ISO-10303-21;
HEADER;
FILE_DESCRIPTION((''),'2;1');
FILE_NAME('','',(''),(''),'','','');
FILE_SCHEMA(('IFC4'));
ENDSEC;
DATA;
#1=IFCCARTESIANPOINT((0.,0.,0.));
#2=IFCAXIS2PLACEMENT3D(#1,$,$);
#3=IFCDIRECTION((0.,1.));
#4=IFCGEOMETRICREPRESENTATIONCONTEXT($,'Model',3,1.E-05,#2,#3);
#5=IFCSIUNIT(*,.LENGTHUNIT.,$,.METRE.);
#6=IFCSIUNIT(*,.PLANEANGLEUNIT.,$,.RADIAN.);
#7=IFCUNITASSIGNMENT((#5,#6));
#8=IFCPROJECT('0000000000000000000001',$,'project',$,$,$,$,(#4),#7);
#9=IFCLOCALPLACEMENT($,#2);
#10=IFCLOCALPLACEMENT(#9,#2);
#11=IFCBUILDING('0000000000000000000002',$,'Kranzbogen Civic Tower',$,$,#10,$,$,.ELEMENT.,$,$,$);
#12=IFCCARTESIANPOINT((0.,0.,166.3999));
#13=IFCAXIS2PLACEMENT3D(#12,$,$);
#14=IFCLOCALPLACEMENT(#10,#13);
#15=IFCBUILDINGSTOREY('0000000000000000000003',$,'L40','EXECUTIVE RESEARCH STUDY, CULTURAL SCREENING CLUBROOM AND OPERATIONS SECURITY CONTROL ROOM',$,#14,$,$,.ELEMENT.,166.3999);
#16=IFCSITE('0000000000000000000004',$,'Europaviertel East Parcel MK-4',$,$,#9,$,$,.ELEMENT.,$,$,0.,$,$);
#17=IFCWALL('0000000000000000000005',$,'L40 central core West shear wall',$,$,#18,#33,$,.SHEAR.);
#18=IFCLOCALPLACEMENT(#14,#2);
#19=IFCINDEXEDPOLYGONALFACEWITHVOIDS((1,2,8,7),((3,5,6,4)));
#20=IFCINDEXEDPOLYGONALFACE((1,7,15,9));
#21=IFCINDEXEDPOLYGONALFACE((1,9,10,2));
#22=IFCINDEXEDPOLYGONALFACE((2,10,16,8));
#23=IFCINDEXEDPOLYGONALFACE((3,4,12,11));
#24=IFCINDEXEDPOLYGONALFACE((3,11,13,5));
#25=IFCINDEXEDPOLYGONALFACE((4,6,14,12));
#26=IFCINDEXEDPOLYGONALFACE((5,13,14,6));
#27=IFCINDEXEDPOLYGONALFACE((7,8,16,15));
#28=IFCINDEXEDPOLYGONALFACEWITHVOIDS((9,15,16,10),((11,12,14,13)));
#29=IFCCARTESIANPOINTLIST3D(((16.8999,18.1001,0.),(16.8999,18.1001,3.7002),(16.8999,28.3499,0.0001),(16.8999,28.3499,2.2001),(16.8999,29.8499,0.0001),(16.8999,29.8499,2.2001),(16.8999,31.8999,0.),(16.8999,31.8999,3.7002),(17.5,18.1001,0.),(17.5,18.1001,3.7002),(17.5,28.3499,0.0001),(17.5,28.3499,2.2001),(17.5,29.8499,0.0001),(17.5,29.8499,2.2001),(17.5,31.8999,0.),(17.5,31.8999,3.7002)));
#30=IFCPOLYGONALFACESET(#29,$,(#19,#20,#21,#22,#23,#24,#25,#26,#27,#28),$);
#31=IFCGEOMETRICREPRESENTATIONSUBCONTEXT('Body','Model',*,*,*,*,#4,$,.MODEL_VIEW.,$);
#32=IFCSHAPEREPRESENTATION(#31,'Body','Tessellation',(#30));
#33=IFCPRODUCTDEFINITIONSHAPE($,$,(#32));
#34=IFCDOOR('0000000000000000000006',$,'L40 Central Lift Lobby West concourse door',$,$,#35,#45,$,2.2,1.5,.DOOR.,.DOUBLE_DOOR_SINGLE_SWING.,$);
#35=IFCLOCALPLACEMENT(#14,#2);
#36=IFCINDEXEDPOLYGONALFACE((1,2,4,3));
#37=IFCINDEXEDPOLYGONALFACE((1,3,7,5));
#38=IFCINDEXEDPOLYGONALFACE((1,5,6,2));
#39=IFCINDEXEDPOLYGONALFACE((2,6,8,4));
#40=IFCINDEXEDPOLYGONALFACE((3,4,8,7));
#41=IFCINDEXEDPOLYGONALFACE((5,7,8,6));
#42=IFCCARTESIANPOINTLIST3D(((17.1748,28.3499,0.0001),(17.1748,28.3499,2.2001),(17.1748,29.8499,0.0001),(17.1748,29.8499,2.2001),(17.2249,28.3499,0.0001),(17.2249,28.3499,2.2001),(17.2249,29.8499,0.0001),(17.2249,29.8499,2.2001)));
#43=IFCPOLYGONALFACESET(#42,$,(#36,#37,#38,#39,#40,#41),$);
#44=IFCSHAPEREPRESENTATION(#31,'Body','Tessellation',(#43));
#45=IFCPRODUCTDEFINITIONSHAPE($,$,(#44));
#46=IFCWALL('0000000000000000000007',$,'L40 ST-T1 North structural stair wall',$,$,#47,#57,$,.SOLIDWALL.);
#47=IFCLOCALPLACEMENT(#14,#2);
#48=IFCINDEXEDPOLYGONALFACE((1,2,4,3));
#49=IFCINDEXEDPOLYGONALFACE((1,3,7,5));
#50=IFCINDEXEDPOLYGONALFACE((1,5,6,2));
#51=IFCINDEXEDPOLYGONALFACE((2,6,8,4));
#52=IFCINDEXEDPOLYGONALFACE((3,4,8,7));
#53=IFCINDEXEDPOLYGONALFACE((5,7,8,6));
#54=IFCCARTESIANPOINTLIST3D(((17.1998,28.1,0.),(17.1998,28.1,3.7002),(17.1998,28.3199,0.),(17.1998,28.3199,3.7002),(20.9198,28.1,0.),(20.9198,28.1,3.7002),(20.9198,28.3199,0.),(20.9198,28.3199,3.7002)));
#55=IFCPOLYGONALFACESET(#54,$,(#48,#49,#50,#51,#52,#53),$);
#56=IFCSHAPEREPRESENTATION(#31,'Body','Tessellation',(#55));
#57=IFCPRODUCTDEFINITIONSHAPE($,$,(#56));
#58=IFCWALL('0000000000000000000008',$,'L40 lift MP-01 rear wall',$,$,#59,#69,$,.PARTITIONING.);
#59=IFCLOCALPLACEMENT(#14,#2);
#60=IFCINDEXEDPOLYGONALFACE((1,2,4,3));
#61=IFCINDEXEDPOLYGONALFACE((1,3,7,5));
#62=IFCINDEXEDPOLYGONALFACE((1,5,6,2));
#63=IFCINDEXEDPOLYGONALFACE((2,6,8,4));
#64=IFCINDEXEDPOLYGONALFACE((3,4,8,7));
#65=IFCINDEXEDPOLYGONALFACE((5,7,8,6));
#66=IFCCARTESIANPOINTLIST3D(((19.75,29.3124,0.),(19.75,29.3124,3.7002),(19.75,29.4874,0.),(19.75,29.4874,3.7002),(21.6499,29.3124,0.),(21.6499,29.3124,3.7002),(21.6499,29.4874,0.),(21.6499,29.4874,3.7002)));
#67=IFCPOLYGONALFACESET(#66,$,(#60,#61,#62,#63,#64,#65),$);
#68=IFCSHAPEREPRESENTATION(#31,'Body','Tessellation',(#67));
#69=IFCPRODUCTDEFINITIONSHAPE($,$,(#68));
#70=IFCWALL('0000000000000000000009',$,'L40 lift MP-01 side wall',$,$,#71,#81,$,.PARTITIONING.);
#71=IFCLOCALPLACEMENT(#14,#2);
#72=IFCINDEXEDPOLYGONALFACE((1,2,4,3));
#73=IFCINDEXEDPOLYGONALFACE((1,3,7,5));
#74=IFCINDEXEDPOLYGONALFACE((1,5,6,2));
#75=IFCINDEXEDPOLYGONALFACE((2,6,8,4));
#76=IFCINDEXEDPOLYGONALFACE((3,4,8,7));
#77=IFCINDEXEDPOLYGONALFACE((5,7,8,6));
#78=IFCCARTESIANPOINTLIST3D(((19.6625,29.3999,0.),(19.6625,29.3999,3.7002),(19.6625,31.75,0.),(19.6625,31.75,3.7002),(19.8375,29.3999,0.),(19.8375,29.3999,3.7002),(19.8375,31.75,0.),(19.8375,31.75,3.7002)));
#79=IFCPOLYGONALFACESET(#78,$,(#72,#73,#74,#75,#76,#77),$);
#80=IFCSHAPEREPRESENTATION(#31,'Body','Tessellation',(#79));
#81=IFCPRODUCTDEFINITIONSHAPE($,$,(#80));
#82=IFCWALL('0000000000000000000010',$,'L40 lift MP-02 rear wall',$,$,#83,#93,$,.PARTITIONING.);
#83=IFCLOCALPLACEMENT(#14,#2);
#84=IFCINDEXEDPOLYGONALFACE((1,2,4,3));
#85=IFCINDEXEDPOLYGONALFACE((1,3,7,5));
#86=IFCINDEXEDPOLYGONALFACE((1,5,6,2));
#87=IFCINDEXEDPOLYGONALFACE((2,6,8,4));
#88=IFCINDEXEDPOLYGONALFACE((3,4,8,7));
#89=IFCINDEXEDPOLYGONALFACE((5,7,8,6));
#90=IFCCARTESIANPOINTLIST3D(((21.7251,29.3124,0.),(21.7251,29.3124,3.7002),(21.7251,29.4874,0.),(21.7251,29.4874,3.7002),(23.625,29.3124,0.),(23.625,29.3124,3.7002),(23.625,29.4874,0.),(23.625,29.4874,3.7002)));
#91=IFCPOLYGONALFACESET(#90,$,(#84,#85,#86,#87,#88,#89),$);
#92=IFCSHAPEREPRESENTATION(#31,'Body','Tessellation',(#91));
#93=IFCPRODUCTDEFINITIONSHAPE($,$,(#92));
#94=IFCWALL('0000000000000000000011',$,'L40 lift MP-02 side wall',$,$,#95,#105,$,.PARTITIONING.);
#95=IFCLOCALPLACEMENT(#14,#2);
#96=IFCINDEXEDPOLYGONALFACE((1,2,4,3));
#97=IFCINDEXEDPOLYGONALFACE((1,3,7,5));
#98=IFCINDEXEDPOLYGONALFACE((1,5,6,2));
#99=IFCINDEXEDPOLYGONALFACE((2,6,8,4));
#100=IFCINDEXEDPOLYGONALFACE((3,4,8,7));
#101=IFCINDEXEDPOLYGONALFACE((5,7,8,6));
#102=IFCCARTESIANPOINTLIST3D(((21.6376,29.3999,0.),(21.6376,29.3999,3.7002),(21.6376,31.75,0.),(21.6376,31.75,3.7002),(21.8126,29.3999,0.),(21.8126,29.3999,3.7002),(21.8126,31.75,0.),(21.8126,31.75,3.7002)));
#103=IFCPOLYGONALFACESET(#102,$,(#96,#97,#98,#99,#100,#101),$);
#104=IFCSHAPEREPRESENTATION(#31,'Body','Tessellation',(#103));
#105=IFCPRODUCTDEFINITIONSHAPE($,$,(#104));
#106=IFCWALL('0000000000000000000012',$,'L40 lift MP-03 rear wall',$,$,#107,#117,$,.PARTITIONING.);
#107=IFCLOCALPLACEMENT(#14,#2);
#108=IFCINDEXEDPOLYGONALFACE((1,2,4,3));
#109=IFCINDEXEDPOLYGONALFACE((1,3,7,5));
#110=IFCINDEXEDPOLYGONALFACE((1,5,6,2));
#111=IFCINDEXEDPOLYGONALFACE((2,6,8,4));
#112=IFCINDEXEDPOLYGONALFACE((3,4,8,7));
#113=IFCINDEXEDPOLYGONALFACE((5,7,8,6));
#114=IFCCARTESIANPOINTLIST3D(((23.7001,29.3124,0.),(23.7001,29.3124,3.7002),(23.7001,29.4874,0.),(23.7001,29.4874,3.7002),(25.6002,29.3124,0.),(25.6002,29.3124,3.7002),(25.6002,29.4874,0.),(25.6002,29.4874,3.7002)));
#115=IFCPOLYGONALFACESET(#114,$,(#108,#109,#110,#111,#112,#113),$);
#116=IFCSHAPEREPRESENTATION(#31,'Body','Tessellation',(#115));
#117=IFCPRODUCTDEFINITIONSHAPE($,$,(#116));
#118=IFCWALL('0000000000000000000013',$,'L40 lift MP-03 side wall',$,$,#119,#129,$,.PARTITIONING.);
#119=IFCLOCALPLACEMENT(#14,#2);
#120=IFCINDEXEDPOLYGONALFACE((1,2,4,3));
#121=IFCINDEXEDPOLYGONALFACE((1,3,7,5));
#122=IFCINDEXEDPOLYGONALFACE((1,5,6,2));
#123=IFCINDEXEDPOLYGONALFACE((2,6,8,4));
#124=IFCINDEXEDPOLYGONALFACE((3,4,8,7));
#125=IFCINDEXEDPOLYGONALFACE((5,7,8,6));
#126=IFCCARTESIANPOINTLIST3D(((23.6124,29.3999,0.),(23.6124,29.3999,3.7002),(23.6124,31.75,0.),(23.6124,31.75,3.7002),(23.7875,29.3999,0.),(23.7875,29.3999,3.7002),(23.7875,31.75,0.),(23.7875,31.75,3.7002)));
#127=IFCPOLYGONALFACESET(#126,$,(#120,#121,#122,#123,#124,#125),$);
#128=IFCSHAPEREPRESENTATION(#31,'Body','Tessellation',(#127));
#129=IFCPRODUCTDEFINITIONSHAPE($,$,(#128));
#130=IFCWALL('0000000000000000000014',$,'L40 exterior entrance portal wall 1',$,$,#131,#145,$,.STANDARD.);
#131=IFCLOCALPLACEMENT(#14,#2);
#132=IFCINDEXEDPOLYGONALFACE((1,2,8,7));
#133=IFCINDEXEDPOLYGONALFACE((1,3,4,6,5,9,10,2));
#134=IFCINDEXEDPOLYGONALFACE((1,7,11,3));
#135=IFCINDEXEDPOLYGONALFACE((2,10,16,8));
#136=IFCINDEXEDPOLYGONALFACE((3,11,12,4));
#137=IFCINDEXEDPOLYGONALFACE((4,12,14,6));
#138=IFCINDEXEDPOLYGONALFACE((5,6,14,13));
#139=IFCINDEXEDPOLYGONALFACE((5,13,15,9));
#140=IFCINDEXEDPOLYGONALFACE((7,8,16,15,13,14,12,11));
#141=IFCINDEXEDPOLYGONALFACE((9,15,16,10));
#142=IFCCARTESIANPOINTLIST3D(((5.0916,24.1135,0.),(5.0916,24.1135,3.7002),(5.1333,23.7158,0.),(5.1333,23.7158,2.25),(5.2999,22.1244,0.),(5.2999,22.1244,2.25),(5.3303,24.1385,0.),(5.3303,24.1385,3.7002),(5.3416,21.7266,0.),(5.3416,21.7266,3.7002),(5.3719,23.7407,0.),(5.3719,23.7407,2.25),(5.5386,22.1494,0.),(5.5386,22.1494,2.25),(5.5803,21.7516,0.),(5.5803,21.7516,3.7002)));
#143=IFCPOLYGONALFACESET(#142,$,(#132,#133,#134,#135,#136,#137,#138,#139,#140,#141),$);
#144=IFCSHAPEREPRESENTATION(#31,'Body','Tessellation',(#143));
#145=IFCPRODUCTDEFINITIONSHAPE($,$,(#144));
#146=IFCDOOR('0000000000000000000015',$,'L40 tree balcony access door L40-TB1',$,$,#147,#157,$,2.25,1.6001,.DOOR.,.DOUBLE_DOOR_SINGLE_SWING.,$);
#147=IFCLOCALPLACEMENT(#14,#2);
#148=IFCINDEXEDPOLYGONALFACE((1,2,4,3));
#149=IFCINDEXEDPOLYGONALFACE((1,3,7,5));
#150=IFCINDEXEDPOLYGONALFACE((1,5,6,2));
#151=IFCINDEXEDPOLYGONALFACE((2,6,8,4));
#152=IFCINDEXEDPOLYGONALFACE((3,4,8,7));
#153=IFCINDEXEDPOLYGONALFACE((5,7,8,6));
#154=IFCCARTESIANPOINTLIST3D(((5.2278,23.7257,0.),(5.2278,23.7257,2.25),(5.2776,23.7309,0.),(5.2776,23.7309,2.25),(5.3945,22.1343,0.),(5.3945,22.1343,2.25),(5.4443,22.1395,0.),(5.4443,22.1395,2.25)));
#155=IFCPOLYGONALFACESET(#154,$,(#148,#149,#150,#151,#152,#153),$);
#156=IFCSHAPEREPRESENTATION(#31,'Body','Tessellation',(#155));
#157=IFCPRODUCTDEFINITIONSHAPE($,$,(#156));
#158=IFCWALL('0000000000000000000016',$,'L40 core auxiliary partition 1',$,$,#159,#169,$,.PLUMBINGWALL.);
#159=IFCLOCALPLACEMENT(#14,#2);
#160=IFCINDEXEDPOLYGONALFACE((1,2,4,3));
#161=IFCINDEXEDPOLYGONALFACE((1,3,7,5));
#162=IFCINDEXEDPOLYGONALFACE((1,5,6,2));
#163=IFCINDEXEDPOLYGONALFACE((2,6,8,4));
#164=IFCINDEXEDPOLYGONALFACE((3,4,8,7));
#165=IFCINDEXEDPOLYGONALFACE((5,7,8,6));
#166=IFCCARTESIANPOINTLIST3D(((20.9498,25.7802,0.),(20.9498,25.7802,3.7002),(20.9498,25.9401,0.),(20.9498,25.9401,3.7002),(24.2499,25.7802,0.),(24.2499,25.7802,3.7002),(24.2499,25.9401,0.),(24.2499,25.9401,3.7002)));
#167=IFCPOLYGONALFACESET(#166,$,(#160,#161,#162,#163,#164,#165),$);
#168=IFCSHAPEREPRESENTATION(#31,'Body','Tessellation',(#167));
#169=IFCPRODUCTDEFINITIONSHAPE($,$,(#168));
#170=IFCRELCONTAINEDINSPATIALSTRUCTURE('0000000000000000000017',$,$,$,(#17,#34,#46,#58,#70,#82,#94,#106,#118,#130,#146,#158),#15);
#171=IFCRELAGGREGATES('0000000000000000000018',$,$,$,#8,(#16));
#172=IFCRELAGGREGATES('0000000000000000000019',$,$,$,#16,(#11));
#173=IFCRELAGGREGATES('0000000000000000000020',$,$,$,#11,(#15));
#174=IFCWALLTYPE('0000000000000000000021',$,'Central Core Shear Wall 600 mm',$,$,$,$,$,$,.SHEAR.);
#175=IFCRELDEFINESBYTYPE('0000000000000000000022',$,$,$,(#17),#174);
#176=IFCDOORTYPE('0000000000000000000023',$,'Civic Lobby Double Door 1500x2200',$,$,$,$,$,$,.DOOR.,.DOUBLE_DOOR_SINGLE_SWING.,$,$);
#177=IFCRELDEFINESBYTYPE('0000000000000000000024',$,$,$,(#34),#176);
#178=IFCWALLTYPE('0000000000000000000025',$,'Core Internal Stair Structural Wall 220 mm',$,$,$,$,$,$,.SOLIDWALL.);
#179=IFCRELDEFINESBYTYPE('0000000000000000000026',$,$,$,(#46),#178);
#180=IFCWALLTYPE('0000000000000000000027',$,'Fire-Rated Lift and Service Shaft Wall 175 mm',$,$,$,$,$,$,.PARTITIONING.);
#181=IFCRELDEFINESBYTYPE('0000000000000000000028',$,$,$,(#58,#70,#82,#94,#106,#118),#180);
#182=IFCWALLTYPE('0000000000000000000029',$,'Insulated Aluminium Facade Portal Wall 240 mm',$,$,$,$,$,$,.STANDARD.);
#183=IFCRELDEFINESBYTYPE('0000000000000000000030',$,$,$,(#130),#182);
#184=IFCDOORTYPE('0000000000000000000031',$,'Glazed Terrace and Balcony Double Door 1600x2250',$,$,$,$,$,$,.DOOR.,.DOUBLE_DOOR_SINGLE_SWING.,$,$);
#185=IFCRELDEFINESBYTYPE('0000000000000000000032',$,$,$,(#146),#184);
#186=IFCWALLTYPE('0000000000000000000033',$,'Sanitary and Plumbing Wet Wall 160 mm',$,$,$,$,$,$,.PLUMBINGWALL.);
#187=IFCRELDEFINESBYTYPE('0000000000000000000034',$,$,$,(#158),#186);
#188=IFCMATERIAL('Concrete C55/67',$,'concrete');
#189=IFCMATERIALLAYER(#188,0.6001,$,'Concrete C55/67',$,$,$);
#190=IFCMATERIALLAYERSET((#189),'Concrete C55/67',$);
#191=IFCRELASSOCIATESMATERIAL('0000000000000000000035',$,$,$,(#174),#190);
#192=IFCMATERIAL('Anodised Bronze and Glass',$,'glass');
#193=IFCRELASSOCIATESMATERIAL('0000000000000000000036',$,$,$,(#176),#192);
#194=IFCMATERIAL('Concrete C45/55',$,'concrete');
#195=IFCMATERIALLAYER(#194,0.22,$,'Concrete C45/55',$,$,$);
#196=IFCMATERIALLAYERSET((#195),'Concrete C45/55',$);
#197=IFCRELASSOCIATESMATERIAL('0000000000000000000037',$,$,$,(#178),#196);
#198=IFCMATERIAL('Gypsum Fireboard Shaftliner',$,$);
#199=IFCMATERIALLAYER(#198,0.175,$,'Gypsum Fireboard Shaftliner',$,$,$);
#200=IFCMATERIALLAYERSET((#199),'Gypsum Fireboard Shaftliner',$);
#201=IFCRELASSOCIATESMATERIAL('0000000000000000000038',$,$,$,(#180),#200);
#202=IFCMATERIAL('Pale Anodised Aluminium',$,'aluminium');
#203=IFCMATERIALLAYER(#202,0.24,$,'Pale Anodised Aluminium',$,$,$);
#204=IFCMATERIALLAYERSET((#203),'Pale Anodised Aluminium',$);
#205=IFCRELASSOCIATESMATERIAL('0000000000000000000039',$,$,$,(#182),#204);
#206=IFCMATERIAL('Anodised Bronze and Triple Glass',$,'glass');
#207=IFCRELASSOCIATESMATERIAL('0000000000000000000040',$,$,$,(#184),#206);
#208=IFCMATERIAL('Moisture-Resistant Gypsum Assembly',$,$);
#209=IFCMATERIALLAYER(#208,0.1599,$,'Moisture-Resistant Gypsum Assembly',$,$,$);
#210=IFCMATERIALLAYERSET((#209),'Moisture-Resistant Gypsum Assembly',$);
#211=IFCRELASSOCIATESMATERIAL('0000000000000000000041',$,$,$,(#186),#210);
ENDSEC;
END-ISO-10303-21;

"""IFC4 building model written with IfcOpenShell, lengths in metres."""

from ifc_helpers import new_model, si_unit, direction, frame, frame_2d, origin, place, context, subcontext, project, spatial, rectangle, extrude, material, layer, layer_set, type_object, element, fill, save


model = new_model("IFC4")

# Units and contexts
model_context = context("Model", 3, precision=1e-05, world=origin(), true_north=direction((0.0, 1.0)))
body_context = subcontext(model_context, "Body", "Model", "MODEL_VIEW")
ifc_project = project(units=[si_unit("LENGTHUNIT", "METRE"), si_unit("PLANEANGLEUNIT", "RADIAN")], contexts=[model_context])

# Site, building, storey
site_placement = place(None, origin())
site = spatial("IfcSite", under=ifc_project, at=site_placement, Name="Europaviertel East Parcel MK-4", CompositionType="ELEMENT", RefElevation=0.0)
building_placement = place(site_placement, origin())
building = spatial("IfcBuilding", under=site, at=building_placement, Name="Kranzbogen Civic Tower", CompositionType="ELEMENT")
storey_placement = place(building_placement, frame((0.0, 0.0, 166.3999)))
storey = spatial("IfcBuildingStorey", under=building, at=storey_placement, Name="L40", Description="EXECUTIVE RESEARCH STUDY, CULTURAL SCREENING CLUBROOM AND OPERATIONS SECURITY CONTROL ROOM", CompositionType="ELEMENT", Elevation=166.3999)

# Shared definitions
ifc_material_1 = material(Name="Pale Anodised Aluminium", Category="aluminium")

# Wall, opening, door
ifc_material_2 = material(Name="Concrete C55/67", Category="concrete")
ifc_layer_1 = layer(ifc_material_2, 0.6001, Name="Concrete C55/67")
ifc_layer_set_1 = layer_set([ifc_layer_1], Name="Concrete C55/67")
wall_type_1 = type_object("IfcWallType", Name="Central Core Shear Wall 600 mm", PredefinedType="SHEAR", material=ifc_layer_set_1)
wall_1_placement = place(storey_placement, frame((17.2, 31.8999, 0.0), z_axis=(0.0, 0.0, 1.0), x_axis=(0.0, -1.0, 0.0)))
wall_1 = element("IfcWall", 1, at=wall_1_placement, inside=storey, type_object=wall_type_1, Name="L40 central core West shear wall", PredefinedType="SHEAR", context=body_context, shape_type="SweptSolid", body=[
    extrude(rectangle(XDim=13.7998, YDim=0.6001, at=frame_2d((6.8999, 0.0))), origin(), (0.0, 0.0, 1.0), 3.7002),
])
opening_1_placement = place(wall_1_placement, frame((2.05, 0.0, 0.0)))
opening_1 = element("IfcOpeningElement", 2, at=opening_1_placement, cuts=wall_1, PredefinedType="OPENING", context=body_context, shape_type="SweptSolid", body=[
    extrude(rectangle(XDim=1.5, YDim=2.2, at=frame_2d((0.75, 1.1001))), frame((0.0, 0.3101, 0.0), z_axis=(0.0, -1.0, 0.0), x_axis=(1.0, 0.0, 0.0)), (0.0, 0.0, 1.0), 0.6201),
])
ifc_material_3 = material(Name="Anodised Bronze and Glass", Category="glass")
door_type_1 = type_object("IfcDoorType", Name="Civic Lobby Double Door 1500x2200", OperationType="DOUBLE_DOOR_SINGLE_SWING", PredefinedType="DOOR", material=ifc_material_3)
door_1_placement = place(opening_1_placement, origin())
door_1 = element("IfcDoor", 3, at=door_1_placement, inside=storey, type_object=door_type_1, Name="L40 Central Lift Lobby West concourse door", OperationType="DOUBLE_DOOR_SINGLE_SWING", OverallHeight=2.2, OverallWidth=1.5, PredefinedType="DOOR", context=body_context, shape_type="SweptSolid", body=[
    extrude(rectangle(XDim=1.5, YDim=2.2, at=frame_2d((0.75, 1.1001))), frame((0.0, 0.0249, 0.0), z_axis=(0.0, -1.0, 0.0), x_axis=(1.0, 0.0, 0.0)), (0.0, 0.0, 1.0), 0.05),
])
fill(opening_1, door_1)

# Walls
ifc_material_4 = material(Name="Concrete C45/55", Category="concrete")
ifc_layer_2 = layer(ifc_material_4, 0.22, Name="Concrete C45/55")
ifc_layer_set_2 = layer_set([ifc_layer_2], Name="Concrete C45/55")
wall_type_2 = type_object("IfcWallType", Name="Core Internal Stair Structural Wall 220 mm", PredefinedType="SOLIDWALL", material=ifc_layer_set_2)
wall_2_placement = place(storey_placement, frame((17.2, 28.21, 0.0), z_axis=(0.0, 0.0, 1.0), x_axis=(1.0, 0.0, 0.0)))
element("IfcWall", 4, at=wall_2_placement, inside=storey, type_object=wall_type_2, Name="L40 ST-T1 North structural stair wall", PredefinedType="SOLIDWALL", context=body_context, shape_type="SweptSolid", body=[
    extrude(rectangle(XDim=3.72, YDim=0.22, at=frame_2d((1.8599, 0.0))), origin(), (0.0, 0.0, 1.0), 3.7002),
])
ifc_material_5 = material(Name="Gypsum Fireboard Shaftliner")
ifc_layer_3 = layer(ifc_material_5, 0.175, Name="Gypsum Fireboard Shaftliner")
ifc_layer_set_3 = layer_set([ifc_layer_3], Name="Gypsum Fireboard Shaftliner")
wall_type_3 = type_object("IfcWallType", Name="Fire-Rated Lift and Service Shaft Wall 175 mm", PredefinedType="PARTITIONING", material=ifc_layer_set_3)
wall_3_placement = place(storey_placement, frame((19.75, 29.3999, 0.0), z_axis=(0.0, 0.0, 1.0), x_axis=(1.0, 0.0, 0.0)))
element("IfcWall", 5, at=wall_3_placement, inside=storey, type_object=wall_type_3, Name="L40 lift MP-01 rear wall", PredefinedType="PARTITIONING", context=body_context, shape_type="SweptSolid", body=[
    extrude(rectangle(XDim=1.8999, YDim=0.175, at=frame_2d((0.95, 0.0))), origin(), (0.0, 0.0, 1.0), 3.7002),
])
wall_4_placement = place(storey_placement, frame((19.75, 29.3999, 0.0), z_axis=(0.0, 0.0, 1.0), x_axis=(0.0, 1.0, 0.0)))
element("IfcWall", 6, at=wall_4_placement, inside=storey, type_object=wall_type_3, Name="L40 lift MP-01 side wall", PredefinedType="PARTITIONING", context=body_context, shape_type="SweptSolid", body=[
    extrude(rectangle(XDim=2.3501, YDim=0.175, at=frame_2d((1.175, 0.0))), origin(), (0.0, 0.0, 1.0), 3.7002),
])
wall_5_placement = place(storey_placement, frame((21.7251, 29.3999, 0.0), z_axis=(0.0, 0.0, 1.0), x_axis=(1.0, 0.0, 0.0)))
element("IfcWall", 7, at=wall_5_placement, inside=storey, type_object=wall_type_3, Name="L40 lift MP-02 rear wall", PredefinedType="PARTITIONING", context=body_context, shape_type="SweptSolid", body=[
    extrude(rectangle(XDim=1.8999, YDim=0.175, at=frame_2d((0.95, 0.0))), origin(), (0.0, 0.0, 1.0), 3.7002),
])
wall_6_placement = place(storey_placement, frame((21.7251, 29.3999, 0.0), z_axis=(0.0, 0.0, 1.0), x_axis=(0.0, 1.0, 0.0)))
element("IfcWall", 8, at=wall_6_placement, inside=storey, type_object=wall_type_3, Name="L40 lift MP-02 side wall", PredefinedType="PARTITIONING", context=body_context, shape_type="SweptSolid", body=[
    extrude(rectangle(XDim=2.3501, YDim=0.175, at=frame_2d((1.175, 0.0))), origin(), (0.0, 0.0, 1.0), 3.7002),
])
wall_7_placement = place(storey_placement, frame((23.7, 29.3999, 0.0), z_axis=(0.0, 0.0, 1.0), x_axis=(1.0, 0.0, 0.0)))
element("IfcWall", 9, at=wall_7_placement, inside=storey, type_object=wall_type_3, Name="L40 lift MP-03 rear wall", PredefinedType="PARTITIONING", context=body_context, shape_type="SweptSolid", body=[
    extrude(rectangle(XDim=1.9001, YDim=0.175, at=frame_2d((0.9502, 0.0))), origin(), (0.0, 0.0, 1.0), 3.7002),
])
wall_8_placement = place(storey_placement, frame((23.7, 29.3999, 0.0), z_axis=(0.0, 0.0, 1.0), x_axis=(0.0, 1.0, 0.0)))
element("IfcWall", 10, at=wall_8_placement, inside=storey, type_object=wall_type_3, Name="L40 lift MP-03 side wall", PredefinedType="PARTITIONING", context=body_context, shape_type="SweptSolid", body=[
    extrude(rectangle(XDim=2.3501, YDim=0.175, at=frame_2d((1.175, 0.0))), origin(), (0.0, 0.0, 1.0), 3.7002),
])

# Wall, opening, door
ifc_layer_4 = layer(ifc_material_1, 0.24, Name="Pale Anodised Aluminium")
ifc_layer_set_4 = layer_set([ifc_layer_4], Name="Pale Anodised Aluminium")
wall_type_4 = type_object("IfcWallType", Name="Insulated Aluminium Facade Portal Wall 240 mm", PredefinedType="STANDARD", material=ifc_layer_set_4)
wall_9_placement = place(storey_placement, frame((5.2109, 24.126, 0.0), z_axis=(0.0, 0.0, 1.0), x_axis=(0.104166, -0.99456, 0.0)))
wall_9 = element("IfcWall", 11, at=wall_9_placement, inside=storey, type_object=wall_type_4, Name="L40 exterior entrance portal wall 1", PredefinedType="STANDARD", context=body_context, shape_type="SweptSolid", body=[
    extrude(rectangle(XDim=2.3999, YDim=0.24, at=frame_2d((1.2, 0.0))), origin(), (0.0, 0.0, 1.0), 3.7002),
])
opening_2_placement = place(wall_9_placement, frame((0.3999, 0.0, 0.0)))
opening_2 = element("IfcOpeningElement", 12, at=opening_2_placement, cuts=wall_9, PredefinedType="OPENING", context=body_context, shape_type="SweptSolid", body=[
    extrude(rectangle(XDim=1.6001, YDim=2.25, at=frame_2d((0.8, 1.125))), frame((0.0, 0.1299, 0.0), z_axis=(0.0, -1.0, 0.0), x_axis=(1.0, 0.0, 0.0)), (0.0, 0.0, 1.0), 0.26),
])
ifc_material_6 = material(Name="Anodised Bronze and Triple Glass", Category="glass")
door_type_2 = type_object("IfcDoorType", Name="Glazed Terrace and Balcony Double Door 1600x2250", OperationType="DOUBLE_DOOR_SINGLE_SWING", PredefinedType="DOOR", material=ifc_material_6)
door_2_placement = place(opening_2_placement, frame((1.6001, 0.0, 0.0), z_axis=(0.0, 0.0, 1.0), x_axis=(-1.0, 0.0, 0.0)))
door_2 = element("IfcDoor", 13, at=door_2_placement, inside=storey, type_object=door_type_2, Name="L40 tree balcony access door L40-TB1", OperationType="DOUBLE_DOOR_SINGLE_SWING", OverallHeight=2.25, OverallWidth=1.6001, PredefinedType="DOOR", context=body_context, shape_type="SweptSolid", body=[
    extrude(rectangle(XDim=1.6001, YDim=2.25, at=frame_2d((0.8, 1.125))), frame((0.0, 0.0249, 0.0), z_axis=(0.0, -1.0, 0.0), x_axis=(1.0, 0.0, 0.0)), (0.0, 0.0, 1.0), 0.05),
])
fill(opening_2, door_2)

# Wall
ifc_material_7 = material(Name="Moisture-Resistant Gypsum Assembly")
ifc_layer_5 = layer(ifc_material_7, 0.1599, Name="Moisture-Resistant Gypsum Assembly")
ifc_layer_set_5 = layer_set([ifc_layer_5], Name="Moisture-Resistant Gypsum Assembly")
wall_type_5 = type_object("IfcWallType", Name="Sanitary and Plumbing Wet Wall 160 mm", PredefinedType="PLUMBINGWALL", material=ifc_layer_set_5)
wall_10_placement = place(storey_placement, frame((20.95, 25.8601, 0.0), z_axis=(0.0, 0.0, 1.0), x_axis=(1.0, 0.0, 0.0)))
element("IfcWall", 14, at=wall_10_placement, inside=storey, type_object=wall_type_5, Name="L40 core auxiliary partition 1", PredefinedType="PLUMBINGWALL", context=body_context, shape_type="SweptSolid", body=[
    extrude(rectangle(XDim=3.3, YDim=0.1599, at=frame_2d((1.6499, 0.0))), origin(), (0.0, 0.0, 1.0), 3.7002),
])

save(model, "model.ifc")
